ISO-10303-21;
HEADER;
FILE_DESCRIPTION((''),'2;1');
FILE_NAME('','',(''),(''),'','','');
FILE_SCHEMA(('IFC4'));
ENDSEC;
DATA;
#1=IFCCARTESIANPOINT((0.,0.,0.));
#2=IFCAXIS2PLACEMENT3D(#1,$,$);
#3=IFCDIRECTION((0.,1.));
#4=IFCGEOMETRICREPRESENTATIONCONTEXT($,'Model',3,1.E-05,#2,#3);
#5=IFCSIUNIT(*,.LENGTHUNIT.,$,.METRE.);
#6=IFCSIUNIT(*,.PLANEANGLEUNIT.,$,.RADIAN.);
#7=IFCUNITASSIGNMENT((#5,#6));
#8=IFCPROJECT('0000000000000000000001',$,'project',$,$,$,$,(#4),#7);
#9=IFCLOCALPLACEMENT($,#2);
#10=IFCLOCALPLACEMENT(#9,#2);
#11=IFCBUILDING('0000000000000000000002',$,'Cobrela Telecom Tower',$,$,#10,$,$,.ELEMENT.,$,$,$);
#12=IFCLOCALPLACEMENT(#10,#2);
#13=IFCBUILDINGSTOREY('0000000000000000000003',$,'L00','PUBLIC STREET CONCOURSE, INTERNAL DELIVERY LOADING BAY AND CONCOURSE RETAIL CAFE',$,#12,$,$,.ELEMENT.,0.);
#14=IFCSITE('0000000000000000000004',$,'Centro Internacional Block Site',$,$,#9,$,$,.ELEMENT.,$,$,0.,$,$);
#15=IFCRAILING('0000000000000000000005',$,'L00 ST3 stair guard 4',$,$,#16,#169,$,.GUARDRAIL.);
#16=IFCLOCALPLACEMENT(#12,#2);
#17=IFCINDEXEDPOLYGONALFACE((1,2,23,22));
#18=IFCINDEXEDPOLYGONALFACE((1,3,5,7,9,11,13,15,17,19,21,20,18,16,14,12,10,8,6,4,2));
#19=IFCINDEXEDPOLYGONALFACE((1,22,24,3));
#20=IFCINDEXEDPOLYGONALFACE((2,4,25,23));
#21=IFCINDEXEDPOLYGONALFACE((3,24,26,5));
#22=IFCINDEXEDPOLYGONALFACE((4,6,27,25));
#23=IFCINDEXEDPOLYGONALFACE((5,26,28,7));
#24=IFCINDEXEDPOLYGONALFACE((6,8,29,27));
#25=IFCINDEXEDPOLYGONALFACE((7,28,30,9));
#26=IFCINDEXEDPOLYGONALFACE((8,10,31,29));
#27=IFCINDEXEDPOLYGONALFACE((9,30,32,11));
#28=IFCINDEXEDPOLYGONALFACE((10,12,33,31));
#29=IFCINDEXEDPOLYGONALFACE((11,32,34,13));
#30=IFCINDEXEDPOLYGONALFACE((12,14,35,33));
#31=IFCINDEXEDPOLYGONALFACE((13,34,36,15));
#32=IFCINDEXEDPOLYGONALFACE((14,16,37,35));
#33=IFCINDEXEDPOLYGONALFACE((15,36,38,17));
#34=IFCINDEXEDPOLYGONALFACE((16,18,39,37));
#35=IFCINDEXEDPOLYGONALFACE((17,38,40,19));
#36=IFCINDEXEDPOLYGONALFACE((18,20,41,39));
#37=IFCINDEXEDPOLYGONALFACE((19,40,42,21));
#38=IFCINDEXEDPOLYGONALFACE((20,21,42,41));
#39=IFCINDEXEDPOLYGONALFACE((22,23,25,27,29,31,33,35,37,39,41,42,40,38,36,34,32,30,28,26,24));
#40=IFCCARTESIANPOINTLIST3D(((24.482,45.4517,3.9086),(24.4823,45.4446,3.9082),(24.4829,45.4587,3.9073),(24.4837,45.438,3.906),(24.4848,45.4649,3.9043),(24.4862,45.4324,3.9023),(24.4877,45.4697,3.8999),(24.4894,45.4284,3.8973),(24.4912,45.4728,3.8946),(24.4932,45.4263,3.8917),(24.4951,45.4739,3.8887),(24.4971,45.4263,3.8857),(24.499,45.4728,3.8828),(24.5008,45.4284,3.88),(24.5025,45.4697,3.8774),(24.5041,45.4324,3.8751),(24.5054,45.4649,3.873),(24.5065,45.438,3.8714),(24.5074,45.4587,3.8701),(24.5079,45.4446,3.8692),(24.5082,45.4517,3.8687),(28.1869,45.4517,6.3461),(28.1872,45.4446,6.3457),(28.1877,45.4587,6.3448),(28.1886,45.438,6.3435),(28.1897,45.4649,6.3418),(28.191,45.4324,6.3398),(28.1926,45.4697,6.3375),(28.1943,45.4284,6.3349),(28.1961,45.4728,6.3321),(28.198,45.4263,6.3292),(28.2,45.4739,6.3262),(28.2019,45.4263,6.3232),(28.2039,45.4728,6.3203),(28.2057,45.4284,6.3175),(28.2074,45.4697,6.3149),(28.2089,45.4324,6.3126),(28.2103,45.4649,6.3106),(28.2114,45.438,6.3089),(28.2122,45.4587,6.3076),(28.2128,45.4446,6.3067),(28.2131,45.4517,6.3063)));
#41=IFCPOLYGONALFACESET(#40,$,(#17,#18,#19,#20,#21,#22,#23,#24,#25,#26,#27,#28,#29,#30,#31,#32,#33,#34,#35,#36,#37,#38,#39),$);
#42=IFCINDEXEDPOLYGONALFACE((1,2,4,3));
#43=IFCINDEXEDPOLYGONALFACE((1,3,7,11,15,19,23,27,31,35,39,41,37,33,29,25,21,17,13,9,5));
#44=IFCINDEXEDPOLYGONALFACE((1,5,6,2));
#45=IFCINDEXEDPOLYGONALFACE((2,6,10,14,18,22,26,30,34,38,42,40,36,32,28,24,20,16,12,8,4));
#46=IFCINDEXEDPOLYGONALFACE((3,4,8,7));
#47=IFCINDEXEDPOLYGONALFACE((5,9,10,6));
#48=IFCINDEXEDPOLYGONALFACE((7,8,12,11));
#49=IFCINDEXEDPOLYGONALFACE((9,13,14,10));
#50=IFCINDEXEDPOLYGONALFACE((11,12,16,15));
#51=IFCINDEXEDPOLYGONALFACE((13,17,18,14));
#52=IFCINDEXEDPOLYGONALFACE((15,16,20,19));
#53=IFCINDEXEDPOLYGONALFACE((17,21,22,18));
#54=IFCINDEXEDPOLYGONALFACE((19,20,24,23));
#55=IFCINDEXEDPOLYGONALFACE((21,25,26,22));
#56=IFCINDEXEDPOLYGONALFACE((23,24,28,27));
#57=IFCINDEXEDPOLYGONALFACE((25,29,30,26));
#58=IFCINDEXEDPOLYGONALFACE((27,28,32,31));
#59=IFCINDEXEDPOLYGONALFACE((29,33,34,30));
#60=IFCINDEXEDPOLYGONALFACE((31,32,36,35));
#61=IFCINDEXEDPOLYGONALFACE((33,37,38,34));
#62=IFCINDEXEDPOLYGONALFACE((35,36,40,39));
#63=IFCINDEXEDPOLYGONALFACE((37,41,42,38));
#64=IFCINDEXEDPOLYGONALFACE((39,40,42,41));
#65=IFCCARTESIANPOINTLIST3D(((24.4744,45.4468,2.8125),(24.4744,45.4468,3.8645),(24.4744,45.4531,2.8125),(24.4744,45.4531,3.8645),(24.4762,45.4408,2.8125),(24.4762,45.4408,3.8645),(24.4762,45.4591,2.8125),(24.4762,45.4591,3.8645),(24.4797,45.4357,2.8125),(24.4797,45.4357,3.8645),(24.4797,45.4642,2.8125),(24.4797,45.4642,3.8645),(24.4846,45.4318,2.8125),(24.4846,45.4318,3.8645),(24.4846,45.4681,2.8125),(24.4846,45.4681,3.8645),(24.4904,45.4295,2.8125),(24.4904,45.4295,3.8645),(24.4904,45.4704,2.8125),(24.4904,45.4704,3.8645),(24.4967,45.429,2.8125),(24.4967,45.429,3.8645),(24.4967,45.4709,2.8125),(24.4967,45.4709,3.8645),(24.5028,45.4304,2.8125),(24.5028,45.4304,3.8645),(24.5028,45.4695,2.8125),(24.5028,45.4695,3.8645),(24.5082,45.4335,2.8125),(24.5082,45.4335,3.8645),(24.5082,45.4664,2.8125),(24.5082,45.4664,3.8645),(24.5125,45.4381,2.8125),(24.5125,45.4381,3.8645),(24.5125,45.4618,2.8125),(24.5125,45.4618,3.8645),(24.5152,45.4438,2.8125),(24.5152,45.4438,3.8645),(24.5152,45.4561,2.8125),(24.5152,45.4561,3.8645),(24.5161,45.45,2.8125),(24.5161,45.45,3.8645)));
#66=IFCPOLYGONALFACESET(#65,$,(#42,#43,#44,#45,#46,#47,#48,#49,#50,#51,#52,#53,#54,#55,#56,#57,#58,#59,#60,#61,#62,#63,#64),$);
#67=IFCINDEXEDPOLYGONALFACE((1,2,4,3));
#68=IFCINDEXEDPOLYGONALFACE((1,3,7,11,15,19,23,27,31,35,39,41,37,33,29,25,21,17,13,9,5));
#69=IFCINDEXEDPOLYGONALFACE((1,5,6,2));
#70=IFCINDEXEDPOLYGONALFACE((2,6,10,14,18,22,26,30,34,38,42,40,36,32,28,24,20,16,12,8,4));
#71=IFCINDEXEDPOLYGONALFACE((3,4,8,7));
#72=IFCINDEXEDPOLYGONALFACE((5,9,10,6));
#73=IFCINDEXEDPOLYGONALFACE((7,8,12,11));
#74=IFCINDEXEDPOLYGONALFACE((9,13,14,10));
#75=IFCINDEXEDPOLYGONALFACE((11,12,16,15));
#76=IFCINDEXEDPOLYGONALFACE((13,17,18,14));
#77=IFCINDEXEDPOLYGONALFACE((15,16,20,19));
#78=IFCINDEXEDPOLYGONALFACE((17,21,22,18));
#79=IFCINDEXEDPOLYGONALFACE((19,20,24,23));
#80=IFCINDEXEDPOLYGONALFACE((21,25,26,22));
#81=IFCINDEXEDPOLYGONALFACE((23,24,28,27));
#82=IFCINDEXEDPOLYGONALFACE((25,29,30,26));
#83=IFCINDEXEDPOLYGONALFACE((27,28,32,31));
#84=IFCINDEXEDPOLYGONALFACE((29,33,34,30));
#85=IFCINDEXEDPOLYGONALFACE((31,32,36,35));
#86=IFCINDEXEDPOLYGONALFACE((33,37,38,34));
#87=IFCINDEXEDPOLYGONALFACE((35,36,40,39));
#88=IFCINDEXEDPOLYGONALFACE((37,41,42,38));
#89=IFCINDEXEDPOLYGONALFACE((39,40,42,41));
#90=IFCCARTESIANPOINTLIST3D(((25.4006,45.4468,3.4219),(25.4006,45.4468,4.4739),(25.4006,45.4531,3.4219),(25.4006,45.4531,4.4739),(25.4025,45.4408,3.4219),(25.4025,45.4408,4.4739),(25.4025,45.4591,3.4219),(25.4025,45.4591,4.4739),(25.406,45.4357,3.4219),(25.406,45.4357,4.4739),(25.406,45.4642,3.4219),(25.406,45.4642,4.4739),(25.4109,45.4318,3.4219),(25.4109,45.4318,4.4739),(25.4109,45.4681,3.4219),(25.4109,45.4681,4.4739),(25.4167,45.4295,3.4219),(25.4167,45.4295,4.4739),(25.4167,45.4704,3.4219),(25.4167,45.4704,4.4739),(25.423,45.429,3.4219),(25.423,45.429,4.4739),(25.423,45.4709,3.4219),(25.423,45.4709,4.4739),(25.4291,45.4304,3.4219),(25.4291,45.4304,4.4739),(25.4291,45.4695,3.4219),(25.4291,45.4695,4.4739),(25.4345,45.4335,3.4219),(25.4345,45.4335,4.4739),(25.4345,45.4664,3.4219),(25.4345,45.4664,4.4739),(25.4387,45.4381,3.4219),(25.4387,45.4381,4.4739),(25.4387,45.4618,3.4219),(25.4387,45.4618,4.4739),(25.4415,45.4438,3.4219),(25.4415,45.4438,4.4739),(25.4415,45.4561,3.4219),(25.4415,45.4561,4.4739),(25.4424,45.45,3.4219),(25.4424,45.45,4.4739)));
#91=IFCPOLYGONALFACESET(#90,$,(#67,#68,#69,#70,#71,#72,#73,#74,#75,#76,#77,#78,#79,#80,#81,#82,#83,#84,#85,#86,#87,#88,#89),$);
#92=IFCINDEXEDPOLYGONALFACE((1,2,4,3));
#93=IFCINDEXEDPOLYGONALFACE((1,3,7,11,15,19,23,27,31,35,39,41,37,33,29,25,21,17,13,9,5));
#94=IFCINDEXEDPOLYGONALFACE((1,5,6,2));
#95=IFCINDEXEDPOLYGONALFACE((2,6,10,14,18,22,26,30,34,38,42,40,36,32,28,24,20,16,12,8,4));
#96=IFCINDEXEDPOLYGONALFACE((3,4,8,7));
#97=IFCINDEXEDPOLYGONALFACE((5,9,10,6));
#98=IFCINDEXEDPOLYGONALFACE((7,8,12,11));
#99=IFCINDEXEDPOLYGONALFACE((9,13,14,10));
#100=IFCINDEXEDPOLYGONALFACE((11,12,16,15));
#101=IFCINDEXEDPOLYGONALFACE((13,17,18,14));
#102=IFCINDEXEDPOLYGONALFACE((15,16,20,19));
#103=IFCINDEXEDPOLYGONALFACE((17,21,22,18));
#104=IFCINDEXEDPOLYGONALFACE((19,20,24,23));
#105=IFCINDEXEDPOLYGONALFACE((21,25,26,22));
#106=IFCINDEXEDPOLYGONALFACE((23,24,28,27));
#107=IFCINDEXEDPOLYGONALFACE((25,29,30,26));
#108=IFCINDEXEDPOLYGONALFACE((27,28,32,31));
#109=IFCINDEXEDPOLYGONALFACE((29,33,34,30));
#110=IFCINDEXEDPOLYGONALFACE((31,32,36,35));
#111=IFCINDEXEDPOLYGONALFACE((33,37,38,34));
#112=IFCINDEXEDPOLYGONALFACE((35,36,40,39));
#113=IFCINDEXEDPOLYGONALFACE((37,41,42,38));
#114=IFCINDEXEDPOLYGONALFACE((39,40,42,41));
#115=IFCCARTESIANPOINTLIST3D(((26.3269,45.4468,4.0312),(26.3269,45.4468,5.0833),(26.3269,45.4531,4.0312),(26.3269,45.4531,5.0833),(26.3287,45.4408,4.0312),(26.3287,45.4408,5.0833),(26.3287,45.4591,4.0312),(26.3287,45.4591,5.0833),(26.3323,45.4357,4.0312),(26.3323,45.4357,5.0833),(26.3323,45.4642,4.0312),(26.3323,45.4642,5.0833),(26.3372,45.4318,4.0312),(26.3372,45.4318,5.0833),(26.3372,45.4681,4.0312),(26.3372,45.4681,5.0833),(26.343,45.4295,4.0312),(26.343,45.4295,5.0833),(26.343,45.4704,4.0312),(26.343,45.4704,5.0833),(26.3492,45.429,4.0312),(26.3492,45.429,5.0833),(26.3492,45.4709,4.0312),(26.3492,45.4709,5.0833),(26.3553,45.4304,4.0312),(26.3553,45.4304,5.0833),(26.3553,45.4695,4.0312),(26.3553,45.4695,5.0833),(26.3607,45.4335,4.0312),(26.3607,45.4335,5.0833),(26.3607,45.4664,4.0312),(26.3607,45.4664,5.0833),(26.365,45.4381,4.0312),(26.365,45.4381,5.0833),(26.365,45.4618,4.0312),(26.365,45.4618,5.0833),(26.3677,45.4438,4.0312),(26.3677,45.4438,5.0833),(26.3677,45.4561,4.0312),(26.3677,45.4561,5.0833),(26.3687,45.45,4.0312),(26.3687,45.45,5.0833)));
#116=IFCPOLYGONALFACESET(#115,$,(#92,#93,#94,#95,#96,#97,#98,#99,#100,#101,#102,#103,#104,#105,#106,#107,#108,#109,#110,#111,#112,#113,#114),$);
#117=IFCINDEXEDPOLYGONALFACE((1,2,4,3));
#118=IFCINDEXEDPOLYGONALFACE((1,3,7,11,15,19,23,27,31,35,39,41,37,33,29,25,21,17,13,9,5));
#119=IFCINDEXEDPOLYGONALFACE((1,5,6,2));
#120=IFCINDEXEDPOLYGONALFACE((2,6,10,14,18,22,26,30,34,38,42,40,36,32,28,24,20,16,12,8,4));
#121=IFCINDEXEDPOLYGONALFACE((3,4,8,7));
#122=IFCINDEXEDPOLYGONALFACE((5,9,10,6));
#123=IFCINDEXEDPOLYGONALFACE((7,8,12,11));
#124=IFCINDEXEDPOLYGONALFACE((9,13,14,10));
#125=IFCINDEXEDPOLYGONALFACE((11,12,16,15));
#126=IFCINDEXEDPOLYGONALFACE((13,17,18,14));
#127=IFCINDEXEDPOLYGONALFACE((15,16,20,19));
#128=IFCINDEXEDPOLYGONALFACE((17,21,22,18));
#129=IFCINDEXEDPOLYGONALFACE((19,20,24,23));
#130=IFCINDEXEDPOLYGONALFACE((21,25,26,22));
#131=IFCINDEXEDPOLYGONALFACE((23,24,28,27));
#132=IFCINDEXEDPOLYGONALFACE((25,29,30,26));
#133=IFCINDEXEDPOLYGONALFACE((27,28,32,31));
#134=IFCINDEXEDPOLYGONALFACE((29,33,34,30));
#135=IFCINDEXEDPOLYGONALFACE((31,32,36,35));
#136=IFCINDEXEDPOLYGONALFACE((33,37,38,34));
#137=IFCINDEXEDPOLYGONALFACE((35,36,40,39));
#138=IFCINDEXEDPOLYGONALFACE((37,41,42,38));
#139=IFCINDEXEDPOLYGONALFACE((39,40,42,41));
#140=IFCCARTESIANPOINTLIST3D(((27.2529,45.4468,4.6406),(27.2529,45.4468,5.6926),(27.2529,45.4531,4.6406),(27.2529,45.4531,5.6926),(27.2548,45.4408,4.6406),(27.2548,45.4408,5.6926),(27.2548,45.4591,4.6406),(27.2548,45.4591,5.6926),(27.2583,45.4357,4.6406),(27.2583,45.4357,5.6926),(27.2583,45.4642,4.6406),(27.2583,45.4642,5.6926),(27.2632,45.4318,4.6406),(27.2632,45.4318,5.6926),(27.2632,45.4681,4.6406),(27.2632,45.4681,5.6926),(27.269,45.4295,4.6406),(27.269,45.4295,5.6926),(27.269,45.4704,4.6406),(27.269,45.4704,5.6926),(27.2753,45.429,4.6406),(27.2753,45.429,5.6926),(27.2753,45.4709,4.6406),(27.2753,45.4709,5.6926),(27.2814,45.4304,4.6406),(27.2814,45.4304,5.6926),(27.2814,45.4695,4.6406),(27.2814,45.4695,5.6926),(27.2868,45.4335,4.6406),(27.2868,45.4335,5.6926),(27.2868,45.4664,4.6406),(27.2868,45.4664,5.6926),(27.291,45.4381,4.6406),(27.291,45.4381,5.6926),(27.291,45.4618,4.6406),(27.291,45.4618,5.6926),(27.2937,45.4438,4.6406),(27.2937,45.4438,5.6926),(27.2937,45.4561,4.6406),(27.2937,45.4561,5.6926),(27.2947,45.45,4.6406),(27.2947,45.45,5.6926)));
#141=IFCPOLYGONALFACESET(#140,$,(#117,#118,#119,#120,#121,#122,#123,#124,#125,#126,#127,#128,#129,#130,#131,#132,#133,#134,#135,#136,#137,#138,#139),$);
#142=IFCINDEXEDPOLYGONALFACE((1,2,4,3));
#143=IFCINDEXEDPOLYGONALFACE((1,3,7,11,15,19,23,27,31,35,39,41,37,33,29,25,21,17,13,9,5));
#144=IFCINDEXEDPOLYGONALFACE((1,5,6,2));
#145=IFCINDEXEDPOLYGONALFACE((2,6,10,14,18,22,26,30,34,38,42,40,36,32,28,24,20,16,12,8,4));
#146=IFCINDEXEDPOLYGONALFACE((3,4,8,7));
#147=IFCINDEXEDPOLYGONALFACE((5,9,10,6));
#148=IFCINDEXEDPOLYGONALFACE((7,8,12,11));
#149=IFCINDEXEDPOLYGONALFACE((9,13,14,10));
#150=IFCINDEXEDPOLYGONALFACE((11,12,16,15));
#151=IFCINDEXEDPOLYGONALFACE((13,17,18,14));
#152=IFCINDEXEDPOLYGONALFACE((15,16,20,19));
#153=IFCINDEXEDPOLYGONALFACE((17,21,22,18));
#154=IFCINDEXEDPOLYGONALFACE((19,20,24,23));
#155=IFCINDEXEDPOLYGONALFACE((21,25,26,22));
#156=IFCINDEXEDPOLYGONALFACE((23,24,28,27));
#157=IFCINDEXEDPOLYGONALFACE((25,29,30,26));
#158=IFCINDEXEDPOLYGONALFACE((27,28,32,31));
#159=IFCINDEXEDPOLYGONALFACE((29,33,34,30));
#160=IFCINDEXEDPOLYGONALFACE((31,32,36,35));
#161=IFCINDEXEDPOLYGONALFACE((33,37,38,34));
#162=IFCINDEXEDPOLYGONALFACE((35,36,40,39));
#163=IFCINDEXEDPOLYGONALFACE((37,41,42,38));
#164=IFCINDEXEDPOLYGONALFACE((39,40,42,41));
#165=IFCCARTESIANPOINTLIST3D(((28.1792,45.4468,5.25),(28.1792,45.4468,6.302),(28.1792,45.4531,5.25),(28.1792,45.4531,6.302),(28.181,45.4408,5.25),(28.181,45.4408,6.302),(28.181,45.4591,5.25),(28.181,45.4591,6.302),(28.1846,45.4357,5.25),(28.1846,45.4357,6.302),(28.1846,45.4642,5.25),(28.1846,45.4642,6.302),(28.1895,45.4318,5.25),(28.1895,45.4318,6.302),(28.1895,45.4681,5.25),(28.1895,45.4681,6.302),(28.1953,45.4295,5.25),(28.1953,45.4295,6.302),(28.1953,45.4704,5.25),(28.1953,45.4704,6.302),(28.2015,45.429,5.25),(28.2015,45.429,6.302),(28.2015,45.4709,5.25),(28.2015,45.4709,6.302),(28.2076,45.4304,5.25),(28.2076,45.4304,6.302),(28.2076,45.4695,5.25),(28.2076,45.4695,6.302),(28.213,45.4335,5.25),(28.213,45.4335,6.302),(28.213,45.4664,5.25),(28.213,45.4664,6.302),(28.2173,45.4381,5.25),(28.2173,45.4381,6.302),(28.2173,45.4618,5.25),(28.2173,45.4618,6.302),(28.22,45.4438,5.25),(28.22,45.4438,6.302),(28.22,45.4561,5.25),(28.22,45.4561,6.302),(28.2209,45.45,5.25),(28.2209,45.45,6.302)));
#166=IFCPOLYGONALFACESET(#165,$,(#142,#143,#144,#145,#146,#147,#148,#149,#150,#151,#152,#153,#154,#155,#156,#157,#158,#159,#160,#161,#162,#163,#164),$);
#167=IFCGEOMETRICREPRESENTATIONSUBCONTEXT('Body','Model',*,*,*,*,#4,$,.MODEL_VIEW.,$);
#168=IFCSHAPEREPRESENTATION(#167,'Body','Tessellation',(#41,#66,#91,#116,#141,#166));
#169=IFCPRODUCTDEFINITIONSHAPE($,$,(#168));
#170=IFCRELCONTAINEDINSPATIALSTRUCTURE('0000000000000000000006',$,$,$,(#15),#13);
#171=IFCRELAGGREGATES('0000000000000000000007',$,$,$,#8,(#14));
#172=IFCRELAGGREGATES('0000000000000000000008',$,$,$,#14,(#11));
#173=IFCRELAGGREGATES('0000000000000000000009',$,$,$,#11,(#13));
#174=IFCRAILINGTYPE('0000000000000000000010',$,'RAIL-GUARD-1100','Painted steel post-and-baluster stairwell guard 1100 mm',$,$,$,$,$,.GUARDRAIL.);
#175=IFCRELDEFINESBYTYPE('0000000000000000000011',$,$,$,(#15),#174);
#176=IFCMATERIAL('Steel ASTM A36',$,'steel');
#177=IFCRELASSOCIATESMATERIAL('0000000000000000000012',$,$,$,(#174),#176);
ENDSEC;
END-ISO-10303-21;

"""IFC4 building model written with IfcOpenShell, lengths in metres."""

from ifc_helpers import new_model, si_unit, direction, frame, origin, origin_2d, place, context, subcontext, project, spatial, circle, extrude, material, type_object, element, save


model = new_model("IFC4")

# Units and contexts
model_context = context("Model", 3, precision=1e-05, world=origin(), true_north=direction((0.0, 1.0)))
body_context = subcontext(model_context, "Body", "Model", "MODEL_VIEW")
ifc_project = project(units=[si_unit("LENGTHUNIT", "METRE"), si_unit("PLANEANGLEUNIT", "RADIAN")], contexts=[model_context])

# Site, building, storey
site_placement = place(None, origin())
site = spatial("IfcSite", under=ifc_project, at=site_placement, Name="Centro Internacional Block Site", CompositionType="ELEMENT", RefElevation=0.0)
building_placement = place(site_placement, origin())
building = spatial("IfcBuilding", under=site, at=building_placement, Name="Cobrela Telecom Tower", CompositionType="ELEMENT")
storey_placement = place(building_placement, origin())
storey = spatial("IfcBuildingStorey", under=building, at=storey_placement, Name="L00", Description="PUBLIC STREET CONCOURSE, INTERNAL DELIVERY LOADING BAY AND CONCOURSE RETAIL CAFE", CompositionType="ELEMENT", Elevation=0.0)

# Shared definitions
ifc_material_1 = material(Name="Steel ASTM A36", Category="steel")

# Railing
railing_type_1 = type_object("IfcRailingType", Name="RAIL-GUARD-1100", Description="Painted steel post-and-baluster stairwell guard 1100 mm", PredefinedType="GUARDRAIL", material=ifc_material_1)
railing_1_placement = place(storey_placement, frame((24.4951, 45.45, 2.8125)))
element("IfcRailing", 1, at=railing_1_placement, inside=storey, type_object=railing_type_1, Name="L00 ST3 stair guard 4", PredefinedType="GUARDRAIL", context=body_context, shape_type="SweptSolid", body=[
    extrude(circle(Radius=0.0239, at=origin_2d()), frame((0.0, 0.0, 1.0762), z_axis=(0.835406, 0.0, 0.549634), x_axis=(0.0, 1.0, 0.0)), (0.0, 0.0, 1.0), 4.4348),
    extrude(circle(Radius=0.021, at=origin_2d()), origin(), (0.0, 0.0, 1.0), 1.052),
    extrude(circle(Radius=0.021, at=origin_2d()), frame((0.9263, 0.0, 0.6094)), (0.0, 0.0, 1.0), 1.052),
    extrude(circle(Radius=0.021, at=origin_2d()), frame((1.8525, 0.0, 1.2188)), (0.0, 0.0, 1.0), 1.052),
    extrude(circle(Radius=0.021, at=origin_2d()), frame((2.7786, 0.0, 1.8281)), (0.0, 0.0, 1.0), 1.052),
    extrude(circle(Radius=0.021, at=origin_2d()), frame((3.7048, 0.0, 2.4375)), (0.0, 0.0, 1.0), 1.052),
])

save(model, "model.ifc")
